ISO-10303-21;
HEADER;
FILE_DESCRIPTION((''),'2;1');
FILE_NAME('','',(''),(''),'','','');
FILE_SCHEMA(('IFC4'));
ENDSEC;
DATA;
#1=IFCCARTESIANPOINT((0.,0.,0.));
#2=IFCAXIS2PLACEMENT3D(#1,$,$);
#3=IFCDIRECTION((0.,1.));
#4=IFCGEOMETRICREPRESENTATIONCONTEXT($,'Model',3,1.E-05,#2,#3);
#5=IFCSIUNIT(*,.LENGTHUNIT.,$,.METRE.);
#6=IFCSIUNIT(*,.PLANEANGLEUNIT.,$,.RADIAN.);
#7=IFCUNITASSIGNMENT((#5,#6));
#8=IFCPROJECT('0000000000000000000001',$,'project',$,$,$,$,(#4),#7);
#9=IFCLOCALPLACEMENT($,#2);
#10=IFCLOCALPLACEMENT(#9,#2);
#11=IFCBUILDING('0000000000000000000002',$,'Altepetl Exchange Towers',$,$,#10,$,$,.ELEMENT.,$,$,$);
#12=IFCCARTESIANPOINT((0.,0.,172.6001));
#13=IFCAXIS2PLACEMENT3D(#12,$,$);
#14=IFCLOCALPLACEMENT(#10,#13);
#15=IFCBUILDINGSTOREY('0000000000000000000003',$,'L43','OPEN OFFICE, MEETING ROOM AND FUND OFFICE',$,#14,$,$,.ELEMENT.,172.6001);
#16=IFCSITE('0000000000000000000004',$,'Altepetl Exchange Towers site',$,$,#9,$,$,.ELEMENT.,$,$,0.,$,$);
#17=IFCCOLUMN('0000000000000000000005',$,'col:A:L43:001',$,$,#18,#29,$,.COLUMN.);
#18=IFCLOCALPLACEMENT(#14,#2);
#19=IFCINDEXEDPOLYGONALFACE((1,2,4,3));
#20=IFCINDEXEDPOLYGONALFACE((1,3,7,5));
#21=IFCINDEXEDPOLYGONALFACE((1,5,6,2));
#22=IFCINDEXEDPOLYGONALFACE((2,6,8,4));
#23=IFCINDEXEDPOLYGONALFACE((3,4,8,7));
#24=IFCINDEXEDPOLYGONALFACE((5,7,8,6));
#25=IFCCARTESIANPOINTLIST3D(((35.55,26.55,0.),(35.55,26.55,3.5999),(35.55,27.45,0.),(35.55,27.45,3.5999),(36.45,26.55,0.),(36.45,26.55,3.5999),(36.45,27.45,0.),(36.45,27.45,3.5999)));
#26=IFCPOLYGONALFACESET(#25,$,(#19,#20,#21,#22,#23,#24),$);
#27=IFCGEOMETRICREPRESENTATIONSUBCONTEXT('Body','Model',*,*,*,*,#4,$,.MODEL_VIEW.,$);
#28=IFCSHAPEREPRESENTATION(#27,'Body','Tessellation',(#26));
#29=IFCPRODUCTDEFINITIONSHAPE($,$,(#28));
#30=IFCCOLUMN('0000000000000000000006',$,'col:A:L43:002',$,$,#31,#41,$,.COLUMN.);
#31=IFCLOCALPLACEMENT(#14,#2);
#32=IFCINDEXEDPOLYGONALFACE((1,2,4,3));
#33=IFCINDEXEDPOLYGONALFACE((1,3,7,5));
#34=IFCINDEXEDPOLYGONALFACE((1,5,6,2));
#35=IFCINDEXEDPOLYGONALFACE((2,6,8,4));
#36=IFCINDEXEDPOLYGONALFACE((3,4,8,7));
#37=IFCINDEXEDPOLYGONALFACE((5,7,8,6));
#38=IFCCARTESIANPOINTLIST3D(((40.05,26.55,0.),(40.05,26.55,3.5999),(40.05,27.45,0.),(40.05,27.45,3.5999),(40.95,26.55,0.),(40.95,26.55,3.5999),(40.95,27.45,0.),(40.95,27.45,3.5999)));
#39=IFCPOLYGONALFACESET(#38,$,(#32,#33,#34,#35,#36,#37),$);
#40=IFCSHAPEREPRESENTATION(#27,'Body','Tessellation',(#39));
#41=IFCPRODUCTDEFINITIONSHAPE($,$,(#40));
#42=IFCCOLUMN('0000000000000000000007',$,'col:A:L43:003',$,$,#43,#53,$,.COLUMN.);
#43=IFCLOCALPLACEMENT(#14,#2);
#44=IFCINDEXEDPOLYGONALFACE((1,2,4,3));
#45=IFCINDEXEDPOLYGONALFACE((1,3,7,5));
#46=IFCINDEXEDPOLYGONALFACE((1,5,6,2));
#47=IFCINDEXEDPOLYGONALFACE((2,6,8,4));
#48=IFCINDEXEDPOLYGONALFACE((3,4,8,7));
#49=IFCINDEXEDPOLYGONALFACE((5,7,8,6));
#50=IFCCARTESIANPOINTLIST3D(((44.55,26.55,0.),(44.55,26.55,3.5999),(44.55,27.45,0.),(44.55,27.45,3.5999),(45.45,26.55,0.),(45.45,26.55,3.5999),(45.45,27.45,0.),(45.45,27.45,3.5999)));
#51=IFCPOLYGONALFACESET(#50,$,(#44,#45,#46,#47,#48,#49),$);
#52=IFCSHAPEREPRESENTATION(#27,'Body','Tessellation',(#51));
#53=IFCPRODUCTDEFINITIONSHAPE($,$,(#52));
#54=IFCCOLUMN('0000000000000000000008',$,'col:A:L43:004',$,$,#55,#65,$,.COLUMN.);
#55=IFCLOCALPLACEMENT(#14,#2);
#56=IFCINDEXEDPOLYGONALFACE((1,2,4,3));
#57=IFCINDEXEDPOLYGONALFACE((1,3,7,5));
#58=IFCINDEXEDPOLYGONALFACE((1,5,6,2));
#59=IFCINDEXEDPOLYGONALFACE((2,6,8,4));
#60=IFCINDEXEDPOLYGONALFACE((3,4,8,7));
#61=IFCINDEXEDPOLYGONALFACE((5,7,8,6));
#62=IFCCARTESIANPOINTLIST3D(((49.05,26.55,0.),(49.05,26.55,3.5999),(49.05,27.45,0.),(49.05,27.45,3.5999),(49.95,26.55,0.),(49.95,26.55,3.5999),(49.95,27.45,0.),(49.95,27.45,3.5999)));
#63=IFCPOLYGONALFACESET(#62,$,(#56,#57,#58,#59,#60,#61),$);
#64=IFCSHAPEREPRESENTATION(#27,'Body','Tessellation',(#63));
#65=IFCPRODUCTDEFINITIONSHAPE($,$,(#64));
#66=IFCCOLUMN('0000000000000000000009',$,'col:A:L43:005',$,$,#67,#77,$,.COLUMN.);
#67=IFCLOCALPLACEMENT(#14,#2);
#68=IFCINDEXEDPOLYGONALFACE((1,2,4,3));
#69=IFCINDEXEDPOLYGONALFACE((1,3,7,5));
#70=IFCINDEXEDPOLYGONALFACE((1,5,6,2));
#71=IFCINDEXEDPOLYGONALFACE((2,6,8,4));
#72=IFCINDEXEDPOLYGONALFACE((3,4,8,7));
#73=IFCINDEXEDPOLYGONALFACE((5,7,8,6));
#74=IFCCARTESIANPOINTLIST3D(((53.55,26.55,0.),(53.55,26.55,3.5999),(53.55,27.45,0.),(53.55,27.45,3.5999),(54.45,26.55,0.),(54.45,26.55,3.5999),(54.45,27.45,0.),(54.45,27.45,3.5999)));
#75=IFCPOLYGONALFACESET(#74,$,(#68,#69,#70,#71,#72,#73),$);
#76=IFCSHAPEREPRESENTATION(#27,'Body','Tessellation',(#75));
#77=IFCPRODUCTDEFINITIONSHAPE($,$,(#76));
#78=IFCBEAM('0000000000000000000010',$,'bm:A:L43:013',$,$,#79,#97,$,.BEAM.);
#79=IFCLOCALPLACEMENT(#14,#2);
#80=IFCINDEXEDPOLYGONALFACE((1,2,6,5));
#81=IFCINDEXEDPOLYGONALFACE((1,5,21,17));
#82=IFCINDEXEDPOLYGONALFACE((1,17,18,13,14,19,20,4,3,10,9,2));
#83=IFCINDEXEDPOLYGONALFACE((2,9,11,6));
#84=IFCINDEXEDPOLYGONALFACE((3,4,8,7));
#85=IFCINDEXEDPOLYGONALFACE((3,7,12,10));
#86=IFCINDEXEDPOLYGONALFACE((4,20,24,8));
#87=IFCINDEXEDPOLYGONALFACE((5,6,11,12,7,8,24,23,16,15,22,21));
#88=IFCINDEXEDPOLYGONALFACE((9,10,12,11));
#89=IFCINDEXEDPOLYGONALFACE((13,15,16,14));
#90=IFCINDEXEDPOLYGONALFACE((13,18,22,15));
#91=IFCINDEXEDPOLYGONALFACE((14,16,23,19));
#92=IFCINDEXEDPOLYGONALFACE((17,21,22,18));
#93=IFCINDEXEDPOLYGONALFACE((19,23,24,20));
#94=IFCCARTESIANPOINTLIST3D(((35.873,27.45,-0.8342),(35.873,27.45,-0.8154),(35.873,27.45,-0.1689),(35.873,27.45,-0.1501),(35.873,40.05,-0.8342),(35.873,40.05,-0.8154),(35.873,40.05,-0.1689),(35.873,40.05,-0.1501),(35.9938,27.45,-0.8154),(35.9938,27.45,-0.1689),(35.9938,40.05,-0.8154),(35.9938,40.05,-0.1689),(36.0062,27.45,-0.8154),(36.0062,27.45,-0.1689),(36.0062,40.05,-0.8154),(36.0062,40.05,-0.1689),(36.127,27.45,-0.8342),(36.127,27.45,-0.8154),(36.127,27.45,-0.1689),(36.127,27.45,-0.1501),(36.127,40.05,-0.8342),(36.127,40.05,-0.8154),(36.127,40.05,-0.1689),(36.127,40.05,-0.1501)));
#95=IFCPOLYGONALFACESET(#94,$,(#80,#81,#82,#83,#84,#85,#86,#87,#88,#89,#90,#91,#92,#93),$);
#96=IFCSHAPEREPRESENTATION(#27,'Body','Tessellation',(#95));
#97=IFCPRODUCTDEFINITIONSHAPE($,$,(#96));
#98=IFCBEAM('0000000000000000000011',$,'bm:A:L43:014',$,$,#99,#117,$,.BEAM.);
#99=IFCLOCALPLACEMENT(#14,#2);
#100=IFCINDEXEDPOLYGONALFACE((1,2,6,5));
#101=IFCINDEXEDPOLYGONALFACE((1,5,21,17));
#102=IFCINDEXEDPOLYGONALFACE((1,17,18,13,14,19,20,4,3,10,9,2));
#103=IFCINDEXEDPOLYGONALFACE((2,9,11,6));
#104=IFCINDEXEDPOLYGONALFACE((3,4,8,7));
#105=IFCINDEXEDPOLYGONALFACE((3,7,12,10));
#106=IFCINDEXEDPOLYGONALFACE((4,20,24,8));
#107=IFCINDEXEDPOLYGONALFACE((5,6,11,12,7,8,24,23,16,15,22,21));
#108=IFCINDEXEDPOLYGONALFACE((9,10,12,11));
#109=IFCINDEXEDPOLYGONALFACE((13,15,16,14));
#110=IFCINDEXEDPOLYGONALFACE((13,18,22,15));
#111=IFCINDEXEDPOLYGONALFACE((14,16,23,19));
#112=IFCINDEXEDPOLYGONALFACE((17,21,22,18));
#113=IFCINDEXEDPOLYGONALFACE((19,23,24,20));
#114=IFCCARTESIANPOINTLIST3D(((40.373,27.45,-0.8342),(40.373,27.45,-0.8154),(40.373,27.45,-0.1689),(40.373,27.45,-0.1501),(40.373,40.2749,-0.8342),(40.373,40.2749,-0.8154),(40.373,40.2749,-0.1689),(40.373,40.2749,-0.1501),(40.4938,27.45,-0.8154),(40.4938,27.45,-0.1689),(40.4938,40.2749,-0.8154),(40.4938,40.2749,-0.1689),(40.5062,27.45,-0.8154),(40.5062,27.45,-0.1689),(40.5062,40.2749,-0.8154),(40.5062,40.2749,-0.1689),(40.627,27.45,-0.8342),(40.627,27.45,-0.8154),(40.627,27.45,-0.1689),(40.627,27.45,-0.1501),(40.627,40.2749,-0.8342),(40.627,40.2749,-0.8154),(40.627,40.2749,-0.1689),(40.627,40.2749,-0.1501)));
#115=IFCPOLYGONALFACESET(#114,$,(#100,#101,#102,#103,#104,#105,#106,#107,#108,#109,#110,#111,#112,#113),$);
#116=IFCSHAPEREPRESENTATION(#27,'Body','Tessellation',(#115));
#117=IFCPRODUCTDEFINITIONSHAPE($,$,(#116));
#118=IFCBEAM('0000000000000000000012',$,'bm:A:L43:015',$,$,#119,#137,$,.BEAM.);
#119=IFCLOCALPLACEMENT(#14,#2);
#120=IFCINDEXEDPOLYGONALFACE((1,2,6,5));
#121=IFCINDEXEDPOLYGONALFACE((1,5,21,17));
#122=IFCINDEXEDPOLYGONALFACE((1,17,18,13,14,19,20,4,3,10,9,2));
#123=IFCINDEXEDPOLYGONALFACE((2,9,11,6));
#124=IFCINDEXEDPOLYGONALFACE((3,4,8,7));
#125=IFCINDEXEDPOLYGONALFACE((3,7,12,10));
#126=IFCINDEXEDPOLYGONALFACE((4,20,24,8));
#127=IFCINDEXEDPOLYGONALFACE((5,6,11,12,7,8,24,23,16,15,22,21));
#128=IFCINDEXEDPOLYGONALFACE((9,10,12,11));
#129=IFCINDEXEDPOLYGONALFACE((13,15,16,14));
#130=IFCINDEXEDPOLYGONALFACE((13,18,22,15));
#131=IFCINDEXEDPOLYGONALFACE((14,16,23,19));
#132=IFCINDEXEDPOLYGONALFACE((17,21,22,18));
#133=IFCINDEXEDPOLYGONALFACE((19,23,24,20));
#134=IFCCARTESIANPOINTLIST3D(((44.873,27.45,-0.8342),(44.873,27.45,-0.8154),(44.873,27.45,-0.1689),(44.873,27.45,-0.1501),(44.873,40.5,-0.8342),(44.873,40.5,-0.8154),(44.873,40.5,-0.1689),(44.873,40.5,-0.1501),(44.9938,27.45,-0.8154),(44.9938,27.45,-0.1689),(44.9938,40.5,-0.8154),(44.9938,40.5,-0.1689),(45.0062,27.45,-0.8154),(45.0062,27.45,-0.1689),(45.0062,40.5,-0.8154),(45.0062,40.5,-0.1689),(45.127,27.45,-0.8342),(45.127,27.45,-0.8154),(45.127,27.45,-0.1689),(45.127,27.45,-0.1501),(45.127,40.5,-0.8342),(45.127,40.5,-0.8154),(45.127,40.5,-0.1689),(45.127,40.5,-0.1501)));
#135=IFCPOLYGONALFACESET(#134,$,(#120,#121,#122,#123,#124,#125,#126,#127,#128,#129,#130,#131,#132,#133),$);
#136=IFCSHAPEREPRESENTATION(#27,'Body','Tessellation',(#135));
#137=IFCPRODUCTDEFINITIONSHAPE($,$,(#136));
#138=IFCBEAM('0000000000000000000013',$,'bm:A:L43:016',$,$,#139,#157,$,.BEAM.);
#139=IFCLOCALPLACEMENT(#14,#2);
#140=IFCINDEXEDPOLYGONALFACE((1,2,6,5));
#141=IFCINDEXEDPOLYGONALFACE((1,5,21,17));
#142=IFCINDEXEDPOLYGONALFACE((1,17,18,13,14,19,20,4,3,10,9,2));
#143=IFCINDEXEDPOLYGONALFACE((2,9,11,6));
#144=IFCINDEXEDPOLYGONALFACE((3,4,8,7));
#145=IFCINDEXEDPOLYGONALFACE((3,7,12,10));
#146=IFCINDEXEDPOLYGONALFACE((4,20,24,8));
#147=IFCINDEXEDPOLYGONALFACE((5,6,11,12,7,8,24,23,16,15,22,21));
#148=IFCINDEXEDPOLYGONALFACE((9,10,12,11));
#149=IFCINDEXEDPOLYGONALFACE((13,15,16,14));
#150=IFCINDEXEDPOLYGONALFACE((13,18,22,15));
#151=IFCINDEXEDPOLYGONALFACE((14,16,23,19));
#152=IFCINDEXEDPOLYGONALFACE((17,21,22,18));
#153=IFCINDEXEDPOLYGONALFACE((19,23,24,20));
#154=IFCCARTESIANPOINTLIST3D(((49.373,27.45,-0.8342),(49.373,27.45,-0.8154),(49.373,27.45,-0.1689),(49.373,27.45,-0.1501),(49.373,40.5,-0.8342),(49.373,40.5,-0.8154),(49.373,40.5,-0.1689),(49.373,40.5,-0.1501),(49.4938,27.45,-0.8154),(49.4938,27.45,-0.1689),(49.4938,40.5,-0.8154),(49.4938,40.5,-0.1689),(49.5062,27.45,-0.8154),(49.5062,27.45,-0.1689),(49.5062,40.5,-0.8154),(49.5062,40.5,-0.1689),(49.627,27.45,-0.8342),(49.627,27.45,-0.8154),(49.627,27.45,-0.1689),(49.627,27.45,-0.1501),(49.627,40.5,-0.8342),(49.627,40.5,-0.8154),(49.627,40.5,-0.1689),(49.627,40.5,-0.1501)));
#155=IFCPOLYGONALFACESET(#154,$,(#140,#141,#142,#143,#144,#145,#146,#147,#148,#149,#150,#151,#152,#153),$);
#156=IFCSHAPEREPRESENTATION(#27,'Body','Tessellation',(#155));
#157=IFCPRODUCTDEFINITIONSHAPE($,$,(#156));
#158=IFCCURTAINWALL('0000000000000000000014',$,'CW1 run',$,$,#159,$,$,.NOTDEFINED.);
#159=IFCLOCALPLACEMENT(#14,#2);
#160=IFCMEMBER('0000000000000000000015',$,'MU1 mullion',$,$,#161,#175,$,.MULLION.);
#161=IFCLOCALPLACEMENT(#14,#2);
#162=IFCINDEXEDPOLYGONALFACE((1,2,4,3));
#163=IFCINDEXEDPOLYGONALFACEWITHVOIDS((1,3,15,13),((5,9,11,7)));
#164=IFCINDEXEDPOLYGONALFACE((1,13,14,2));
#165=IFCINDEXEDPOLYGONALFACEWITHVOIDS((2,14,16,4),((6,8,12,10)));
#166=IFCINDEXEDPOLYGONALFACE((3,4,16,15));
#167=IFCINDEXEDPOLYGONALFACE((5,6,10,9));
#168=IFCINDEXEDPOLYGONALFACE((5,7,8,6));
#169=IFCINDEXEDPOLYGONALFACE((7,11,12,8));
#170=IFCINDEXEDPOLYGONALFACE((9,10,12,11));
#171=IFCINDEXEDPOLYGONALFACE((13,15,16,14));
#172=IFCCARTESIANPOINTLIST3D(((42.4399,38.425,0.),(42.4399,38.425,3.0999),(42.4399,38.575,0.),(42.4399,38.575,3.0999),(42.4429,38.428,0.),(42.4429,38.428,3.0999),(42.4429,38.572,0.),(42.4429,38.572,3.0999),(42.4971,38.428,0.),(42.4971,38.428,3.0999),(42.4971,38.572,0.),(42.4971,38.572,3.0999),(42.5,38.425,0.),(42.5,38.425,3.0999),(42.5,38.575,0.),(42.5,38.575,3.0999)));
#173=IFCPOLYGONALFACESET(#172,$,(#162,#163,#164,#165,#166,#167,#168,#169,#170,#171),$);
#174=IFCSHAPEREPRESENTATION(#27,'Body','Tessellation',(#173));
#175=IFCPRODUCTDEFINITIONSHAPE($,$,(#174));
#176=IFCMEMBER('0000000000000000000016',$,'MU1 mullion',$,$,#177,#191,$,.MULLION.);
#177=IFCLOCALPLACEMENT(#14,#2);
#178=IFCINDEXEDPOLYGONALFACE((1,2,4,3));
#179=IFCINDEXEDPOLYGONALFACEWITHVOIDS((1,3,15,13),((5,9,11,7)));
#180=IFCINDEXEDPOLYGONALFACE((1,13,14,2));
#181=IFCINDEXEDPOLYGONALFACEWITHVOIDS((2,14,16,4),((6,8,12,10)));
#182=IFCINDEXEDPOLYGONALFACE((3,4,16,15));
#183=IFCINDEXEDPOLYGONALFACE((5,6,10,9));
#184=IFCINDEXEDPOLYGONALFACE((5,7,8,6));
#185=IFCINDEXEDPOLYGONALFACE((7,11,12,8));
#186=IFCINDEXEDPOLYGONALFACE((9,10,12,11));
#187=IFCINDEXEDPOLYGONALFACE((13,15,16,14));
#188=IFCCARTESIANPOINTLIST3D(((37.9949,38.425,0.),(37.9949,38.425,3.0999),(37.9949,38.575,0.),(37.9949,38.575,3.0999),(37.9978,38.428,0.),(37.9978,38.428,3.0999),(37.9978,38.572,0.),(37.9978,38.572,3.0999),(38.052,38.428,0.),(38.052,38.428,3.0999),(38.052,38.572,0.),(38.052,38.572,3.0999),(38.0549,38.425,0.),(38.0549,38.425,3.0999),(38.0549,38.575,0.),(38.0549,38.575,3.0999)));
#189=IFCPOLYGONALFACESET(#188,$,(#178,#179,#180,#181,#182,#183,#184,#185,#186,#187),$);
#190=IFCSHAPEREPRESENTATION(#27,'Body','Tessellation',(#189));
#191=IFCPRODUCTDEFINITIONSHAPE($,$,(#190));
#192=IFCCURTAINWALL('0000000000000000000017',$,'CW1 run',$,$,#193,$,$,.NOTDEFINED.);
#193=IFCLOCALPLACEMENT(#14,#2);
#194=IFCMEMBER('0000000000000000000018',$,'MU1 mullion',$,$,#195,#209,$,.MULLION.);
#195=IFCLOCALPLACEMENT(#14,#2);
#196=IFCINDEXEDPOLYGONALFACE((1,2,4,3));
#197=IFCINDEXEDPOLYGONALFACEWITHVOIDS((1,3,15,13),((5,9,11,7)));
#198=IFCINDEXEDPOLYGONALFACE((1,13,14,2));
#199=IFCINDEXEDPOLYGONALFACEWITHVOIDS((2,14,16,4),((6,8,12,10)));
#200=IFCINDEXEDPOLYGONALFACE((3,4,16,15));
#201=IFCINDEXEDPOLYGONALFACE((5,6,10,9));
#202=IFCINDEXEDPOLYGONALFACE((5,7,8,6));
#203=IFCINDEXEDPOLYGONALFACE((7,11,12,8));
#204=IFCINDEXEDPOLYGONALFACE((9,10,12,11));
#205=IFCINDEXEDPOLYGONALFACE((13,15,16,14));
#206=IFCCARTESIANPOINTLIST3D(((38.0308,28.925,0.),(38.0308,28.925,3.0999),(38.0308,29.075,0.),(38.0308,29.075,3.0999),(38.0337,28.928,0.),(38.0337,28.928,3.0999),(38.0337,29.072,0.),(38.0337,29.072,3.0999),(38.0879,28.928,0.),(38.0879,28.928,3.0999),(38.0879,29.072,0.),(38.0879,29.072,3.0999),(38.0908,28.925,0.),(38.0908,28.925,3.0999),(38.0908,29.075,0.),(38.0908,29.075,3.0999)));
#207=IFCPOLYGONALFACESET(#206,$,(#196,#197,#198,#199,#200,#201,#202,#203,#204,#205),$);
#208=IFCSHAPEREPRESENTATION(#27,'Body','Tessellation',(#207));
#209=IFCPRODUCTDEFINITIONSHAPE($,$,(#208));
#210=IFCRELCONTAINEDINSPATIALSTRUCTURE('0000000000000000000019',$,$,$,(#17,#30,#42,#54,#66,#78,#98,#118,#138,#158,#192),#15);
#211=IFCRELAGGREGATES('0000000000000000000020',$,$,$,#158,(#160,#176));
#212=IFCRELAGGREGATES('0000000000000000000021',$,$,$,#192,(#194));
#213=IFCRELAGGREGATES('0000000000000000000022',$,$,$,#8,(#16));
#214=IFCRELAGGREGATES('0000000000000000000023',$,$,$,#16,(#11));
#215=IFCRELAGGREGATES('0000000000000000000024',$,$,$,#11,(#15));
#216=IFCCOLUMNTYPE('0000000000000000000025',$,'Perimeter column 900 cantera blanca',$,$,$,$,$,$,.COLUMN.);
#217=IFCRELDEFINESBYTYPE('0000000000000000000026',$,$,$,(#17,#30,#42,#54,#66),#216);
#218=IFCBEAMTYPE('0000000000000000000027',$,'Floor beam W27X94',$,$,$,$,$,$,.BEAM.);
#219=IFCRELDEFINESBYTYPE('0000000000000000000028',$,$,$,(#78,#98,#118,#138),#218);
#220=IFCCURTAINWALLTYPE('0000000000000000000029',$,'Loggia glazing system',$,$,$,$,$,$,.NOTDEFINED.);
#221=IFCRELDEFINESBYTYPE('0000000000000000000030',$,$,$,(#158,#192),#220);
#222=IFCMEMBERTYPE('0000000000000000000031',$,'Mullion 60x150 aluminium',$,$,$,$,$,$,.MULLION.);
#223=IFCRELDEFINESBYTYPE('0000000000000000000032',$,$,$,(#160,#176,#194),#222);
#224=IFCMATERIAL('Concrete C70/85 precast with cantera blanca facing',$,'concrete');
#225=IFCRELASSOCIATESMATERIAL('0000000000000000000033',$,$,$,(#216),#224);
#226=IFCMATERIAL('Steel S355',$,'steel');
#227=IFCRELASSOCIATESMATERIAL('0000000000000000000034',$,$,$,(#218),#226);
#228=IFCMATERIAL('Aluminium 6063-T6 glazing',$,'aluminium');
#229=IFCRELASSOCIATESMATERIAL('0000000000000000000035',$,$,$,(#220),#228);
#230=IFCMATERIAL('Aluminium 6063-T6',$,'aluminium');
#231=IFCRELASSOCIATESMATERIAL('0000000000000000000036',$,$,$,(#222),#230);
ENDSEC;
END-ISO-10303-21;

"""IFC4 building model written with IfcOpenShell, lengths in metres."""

from ifc_helpers import new_model, si_unit, direction, frame, origin, origin_2d, place, context, subcontext, project, spatial, rectangle, hollow_rectangle, i_section, extrude, material, material_profile, profile_set, type_object, element, aggregate, save


model = new_model("IFC4")

# Units and contexts
model_context = context("Model", 3, precision=1e-05, world=origin(), true_north=direction((0.0, 1.0)))
body_context = subcontext(model_context, "Body", "Model", "MODEL_VIEW")
ifc_project = project(units=[si_unit("LENGTHUNIT", "METRE"), si_unit("PLANEANGLEUNIT", "RADIAN")], contexts=[model_context])

# Site, building, storey
site_placement = place(None, origin())
site = spatial("IfcSite", under=ifc_project, at=site_placement, Name="Altepetl Exchange Towers site", CompositionType="ELEMENT", RefElevation=0.0)
building_placement = place(site_placement, origin())
building = spatial("IfcBuilding", under=site, at=building_placement, Name="Altepetl Exchange Towers", CompositionType="ELEMENT")
storey_placement = place(building_placement, frame((0.0, 0.0, 172.6001)))
storey = spatial("IfcBuildingStorey", under=building, at=storey_placement, Name="L43", Description="OPEN OFFICE, MEETING ROOM AND FUND OFFICE", CompositionType="ELEMENT", Elevation=172.6001)

# Columns
ifc_material_1 = material(Name="Concrete C70/85 precast with cantera blanca facing", Category="concrete")
ifc_material_profile_1 = material_profile(ifc_material_1, rectangle(XDim=0.8999, YDim=0.8999, at=origin_2d()), Name="900 x 900")
ifc_profile_set_1 = profile_set([ifc_material_profile_1], Name="Concrete C70/85 precast with cantera blanca facing")
column_type = type_object("IfcColumnType", Name="Perimeter column 900 cantera blanca", PredefinedType="COLUMN", material=ifc_profile_set_1)
for number, where, name in (
    (1, (36.0, 27.0, 0.0), "col:A:L43:001"),
    (2, (40.5, 27.0, 0.0), "col:A:L43:002"),
    (3, (45.0, 27.0, 0.0), "col:A:L43:003"),
    (4, (49.5, 27.0, 0.0), "col:A:L43:004"),
    (5, (54.0, 27.0, 0.0), "col:A:L43:005"),
):
    element("IfcColumn", number, at=place(storey_placement, frame(where)), inside=storey, type_object=column_type, Name=name, PredefinedType="COLUMN", context=body_context, shape_type="SweptSolid", body=[
        extrude(rectangle(XDim=0.8999, YDim=0.8999, at=origin_2d()), origin(), (0.0, 0.0, 1.0), 3.5999),
    ])

# Beams
ifc_material_2 = material(Name="Steel S355", Category="steel")
ifc_material_profile_2 = material_profile(ifc_material_2, i_section(OverallWidth=0.2539, OverallDepth=0.6841, WebThickness=0.0125, FlangeThickness=0.0188, at=origin_2d()), Name="W27X94")
ifc_profile_set_2 = profile_set([ifc_material_profile_2], Name="Steel S355")
beam_type_1 = type_object("IfcBeamType", Name="Floor beam W27X94", PredefinedType="BEAM", material=ifc_profile_set_2)
beam_1_placement = place(storey_placement, frame((36.0, 27.45, -0.4922), z_axis=(0.0, 1.0, 0.0), x_axis=(-1.0, 0.0, 0.0)))
element("IfcBeam", 6, at=beam_1_placement, inside=storey, type_object=beam_type_1, Name="bm:A:L43:013", PredefinedType="BEAM", context=body_context, shape_type="SweptSolid", body=[
    extrude(i_section(OverallWidth=0.2539, OverallDepth=0.6841, WebThickness=0.0125, FlangeThickness=0.0188, at=origin_2d()), origin(), (0.0, 0.0, 1.0), 12.6001),
])
beam_2_placement = place(storey_placement, frame((40.5, 27.45, -0.4922), z_axis=(0.0, 1.0, 0.0), x_axis=(-1.0, 0.0, 0.0)))
element("IfcBeam", 7, at=beam_2_placement, inside=storey, type_object=beam_type_1, Name="bm:A:L43:014", PredefinedType="BEAM", context=body_context, shape_type="SweptSolid", body=[
    extrude(i_section(OverallWidth=0.2539, OverallDepth=0.6841, WebThickness=0.0125, FlangeThickness=0.0188, at=origin_2d()), origin(), (0.0, 0.0, 1.0), 12.825),
])
for number, where, z_axis, x_axis, name in (
    (8, (45.0, 27.45, -0.4922), (0.0, 1.0, 0.0), (-1.0, 0.0, 0.0), "bm:A:L43:015"),
    (9, (49.5, 27.45, -0.4922), (0.0, 1.0, 0.0), (-1.0, 0.0, 0.0), "bm:A:L43:016"),
):
    element("IfcBeam", number, at=place(storey_placement, frame(where, z_axis=z_axis, x_axis=x_axis)), inside=storey, type_object=beam_type_1, Name=name, PredefinedType="BEAM", context=body_context, shape_type="SweptSolid", body=[
        extrude(i_section(OverallWidth=0.2539, OverallDepth=0.6841, WebThickness=0.0125, FlangeThickness=0.0188, at=origin_2d()), origin(), (0.0, 0.0, 1.0), 13.05),
    ])

# Curtain walls, members
ifc_material_3 = material(Name="Aluminium 6063-T6 glazing", Category="aluminium")
curtain_wall_type = type_object("IfcCurtainWallType", Name="Loggia glazing system", PredefinedType="NOTDEFINED", material=ifc_material_3)
curtain_wall_1_placement = place(storey_placement, origin())
curtain_wall_1 = element("IfcCurtainWall", 10, at=curtain_wall_1_placement, inside=storey, type_object=curtain_wall_type, Name="CW1 run", PredefinedType="NOTDEFINED")
ifc_material_4 = material(Name="Aluminium 6063-T6", Category="aluminium")
ifc_material_profile_3 = material_profile(ifc_material_4, hollow_rectangle(XDim=0.0601, YDim=0.1499, WallThickness=0.0029, at=origin_2d()), Name="Mullion 60x150 aluminium")
ifc_profile_set_3 = profile_set([ifc_material_profile_3], Name="Aluminium 6063-T6")
member_type = type_object("IfcMemberType", Name="Mullion 60x150 aluminium", PredefinedType="MULLION", material=ifc_profile_set_3)
member_1_placement = place(storey_placement, frame((42.47, 38.5, 0.0), z_axis=(0.0, 0.0, 1.0), x_axis=(-1.0, 0.0, 0.0)))
member_1 = element("IfcMember", 11, at=member_1_placement, type_object=member_type, Name="MU1 mullion", PredefinedType="MULLION", context=body_context, shape_type="SweptSolid", body=[
    extrude(hollow_rectangle(XDim=0.0601, YDim=0.1499, WallThickness=0.0029, at=origin_2d()), origin(), (0.0, 0.0, 1.0), 3.0999),
])
member_2_placement = place(storey_placement, frame((38.0249, 38.5, 0.0), z_axis=(0.0, 0.0, 1.0), x_axis=(-1.0, 0.0, 0.0)))
member_2 = element("IfcMember", 12, at=member_2_placement, type_object=member_type, Name="MU1 mullion", PredefinedType="MULLION", context=body_context, shape_type="SweptSolid", body=[
    extrude(hollow_rectangle(XDim=0.0601, YDim=0.1499, WallThickness=0.0029, at=origin_2d()), origin(), (0.0, 0.0, 1.0), 3.0999),
])
curtain_wall_2_placement = place(storey_placement, origin())
curtain_wall_2 = element("IfcCurtainWall", 13, at=curtain_wall_2_placement, inside=storey, type_object=curtain_wall_type, Name="CW1 run", PredefinedType="NOTDEFINED")
member_3_placement = place(storey_placement, frame((38.0608, 29.0, 0.0)))
member_3 = element("IfcMember", 14, at=member_3_placement, type_object=member_type, Name="MU1 mullion", PredefinedType="MULLION", context=body_context, shape_type="SweptSolid", body=[
    extrude(hollow_rectangle(XDim=0.0601, YDim=0.1499, WallThickness=0.0029, at=origin_2d()), origin(), (0.0, 0.0, 1.0), 3.0999),
])

aggregate(curtain_wall_1, [member_1, member_2])
aggregate(curtain_wall_2, [member_3])

save(model, "model.ifc")
